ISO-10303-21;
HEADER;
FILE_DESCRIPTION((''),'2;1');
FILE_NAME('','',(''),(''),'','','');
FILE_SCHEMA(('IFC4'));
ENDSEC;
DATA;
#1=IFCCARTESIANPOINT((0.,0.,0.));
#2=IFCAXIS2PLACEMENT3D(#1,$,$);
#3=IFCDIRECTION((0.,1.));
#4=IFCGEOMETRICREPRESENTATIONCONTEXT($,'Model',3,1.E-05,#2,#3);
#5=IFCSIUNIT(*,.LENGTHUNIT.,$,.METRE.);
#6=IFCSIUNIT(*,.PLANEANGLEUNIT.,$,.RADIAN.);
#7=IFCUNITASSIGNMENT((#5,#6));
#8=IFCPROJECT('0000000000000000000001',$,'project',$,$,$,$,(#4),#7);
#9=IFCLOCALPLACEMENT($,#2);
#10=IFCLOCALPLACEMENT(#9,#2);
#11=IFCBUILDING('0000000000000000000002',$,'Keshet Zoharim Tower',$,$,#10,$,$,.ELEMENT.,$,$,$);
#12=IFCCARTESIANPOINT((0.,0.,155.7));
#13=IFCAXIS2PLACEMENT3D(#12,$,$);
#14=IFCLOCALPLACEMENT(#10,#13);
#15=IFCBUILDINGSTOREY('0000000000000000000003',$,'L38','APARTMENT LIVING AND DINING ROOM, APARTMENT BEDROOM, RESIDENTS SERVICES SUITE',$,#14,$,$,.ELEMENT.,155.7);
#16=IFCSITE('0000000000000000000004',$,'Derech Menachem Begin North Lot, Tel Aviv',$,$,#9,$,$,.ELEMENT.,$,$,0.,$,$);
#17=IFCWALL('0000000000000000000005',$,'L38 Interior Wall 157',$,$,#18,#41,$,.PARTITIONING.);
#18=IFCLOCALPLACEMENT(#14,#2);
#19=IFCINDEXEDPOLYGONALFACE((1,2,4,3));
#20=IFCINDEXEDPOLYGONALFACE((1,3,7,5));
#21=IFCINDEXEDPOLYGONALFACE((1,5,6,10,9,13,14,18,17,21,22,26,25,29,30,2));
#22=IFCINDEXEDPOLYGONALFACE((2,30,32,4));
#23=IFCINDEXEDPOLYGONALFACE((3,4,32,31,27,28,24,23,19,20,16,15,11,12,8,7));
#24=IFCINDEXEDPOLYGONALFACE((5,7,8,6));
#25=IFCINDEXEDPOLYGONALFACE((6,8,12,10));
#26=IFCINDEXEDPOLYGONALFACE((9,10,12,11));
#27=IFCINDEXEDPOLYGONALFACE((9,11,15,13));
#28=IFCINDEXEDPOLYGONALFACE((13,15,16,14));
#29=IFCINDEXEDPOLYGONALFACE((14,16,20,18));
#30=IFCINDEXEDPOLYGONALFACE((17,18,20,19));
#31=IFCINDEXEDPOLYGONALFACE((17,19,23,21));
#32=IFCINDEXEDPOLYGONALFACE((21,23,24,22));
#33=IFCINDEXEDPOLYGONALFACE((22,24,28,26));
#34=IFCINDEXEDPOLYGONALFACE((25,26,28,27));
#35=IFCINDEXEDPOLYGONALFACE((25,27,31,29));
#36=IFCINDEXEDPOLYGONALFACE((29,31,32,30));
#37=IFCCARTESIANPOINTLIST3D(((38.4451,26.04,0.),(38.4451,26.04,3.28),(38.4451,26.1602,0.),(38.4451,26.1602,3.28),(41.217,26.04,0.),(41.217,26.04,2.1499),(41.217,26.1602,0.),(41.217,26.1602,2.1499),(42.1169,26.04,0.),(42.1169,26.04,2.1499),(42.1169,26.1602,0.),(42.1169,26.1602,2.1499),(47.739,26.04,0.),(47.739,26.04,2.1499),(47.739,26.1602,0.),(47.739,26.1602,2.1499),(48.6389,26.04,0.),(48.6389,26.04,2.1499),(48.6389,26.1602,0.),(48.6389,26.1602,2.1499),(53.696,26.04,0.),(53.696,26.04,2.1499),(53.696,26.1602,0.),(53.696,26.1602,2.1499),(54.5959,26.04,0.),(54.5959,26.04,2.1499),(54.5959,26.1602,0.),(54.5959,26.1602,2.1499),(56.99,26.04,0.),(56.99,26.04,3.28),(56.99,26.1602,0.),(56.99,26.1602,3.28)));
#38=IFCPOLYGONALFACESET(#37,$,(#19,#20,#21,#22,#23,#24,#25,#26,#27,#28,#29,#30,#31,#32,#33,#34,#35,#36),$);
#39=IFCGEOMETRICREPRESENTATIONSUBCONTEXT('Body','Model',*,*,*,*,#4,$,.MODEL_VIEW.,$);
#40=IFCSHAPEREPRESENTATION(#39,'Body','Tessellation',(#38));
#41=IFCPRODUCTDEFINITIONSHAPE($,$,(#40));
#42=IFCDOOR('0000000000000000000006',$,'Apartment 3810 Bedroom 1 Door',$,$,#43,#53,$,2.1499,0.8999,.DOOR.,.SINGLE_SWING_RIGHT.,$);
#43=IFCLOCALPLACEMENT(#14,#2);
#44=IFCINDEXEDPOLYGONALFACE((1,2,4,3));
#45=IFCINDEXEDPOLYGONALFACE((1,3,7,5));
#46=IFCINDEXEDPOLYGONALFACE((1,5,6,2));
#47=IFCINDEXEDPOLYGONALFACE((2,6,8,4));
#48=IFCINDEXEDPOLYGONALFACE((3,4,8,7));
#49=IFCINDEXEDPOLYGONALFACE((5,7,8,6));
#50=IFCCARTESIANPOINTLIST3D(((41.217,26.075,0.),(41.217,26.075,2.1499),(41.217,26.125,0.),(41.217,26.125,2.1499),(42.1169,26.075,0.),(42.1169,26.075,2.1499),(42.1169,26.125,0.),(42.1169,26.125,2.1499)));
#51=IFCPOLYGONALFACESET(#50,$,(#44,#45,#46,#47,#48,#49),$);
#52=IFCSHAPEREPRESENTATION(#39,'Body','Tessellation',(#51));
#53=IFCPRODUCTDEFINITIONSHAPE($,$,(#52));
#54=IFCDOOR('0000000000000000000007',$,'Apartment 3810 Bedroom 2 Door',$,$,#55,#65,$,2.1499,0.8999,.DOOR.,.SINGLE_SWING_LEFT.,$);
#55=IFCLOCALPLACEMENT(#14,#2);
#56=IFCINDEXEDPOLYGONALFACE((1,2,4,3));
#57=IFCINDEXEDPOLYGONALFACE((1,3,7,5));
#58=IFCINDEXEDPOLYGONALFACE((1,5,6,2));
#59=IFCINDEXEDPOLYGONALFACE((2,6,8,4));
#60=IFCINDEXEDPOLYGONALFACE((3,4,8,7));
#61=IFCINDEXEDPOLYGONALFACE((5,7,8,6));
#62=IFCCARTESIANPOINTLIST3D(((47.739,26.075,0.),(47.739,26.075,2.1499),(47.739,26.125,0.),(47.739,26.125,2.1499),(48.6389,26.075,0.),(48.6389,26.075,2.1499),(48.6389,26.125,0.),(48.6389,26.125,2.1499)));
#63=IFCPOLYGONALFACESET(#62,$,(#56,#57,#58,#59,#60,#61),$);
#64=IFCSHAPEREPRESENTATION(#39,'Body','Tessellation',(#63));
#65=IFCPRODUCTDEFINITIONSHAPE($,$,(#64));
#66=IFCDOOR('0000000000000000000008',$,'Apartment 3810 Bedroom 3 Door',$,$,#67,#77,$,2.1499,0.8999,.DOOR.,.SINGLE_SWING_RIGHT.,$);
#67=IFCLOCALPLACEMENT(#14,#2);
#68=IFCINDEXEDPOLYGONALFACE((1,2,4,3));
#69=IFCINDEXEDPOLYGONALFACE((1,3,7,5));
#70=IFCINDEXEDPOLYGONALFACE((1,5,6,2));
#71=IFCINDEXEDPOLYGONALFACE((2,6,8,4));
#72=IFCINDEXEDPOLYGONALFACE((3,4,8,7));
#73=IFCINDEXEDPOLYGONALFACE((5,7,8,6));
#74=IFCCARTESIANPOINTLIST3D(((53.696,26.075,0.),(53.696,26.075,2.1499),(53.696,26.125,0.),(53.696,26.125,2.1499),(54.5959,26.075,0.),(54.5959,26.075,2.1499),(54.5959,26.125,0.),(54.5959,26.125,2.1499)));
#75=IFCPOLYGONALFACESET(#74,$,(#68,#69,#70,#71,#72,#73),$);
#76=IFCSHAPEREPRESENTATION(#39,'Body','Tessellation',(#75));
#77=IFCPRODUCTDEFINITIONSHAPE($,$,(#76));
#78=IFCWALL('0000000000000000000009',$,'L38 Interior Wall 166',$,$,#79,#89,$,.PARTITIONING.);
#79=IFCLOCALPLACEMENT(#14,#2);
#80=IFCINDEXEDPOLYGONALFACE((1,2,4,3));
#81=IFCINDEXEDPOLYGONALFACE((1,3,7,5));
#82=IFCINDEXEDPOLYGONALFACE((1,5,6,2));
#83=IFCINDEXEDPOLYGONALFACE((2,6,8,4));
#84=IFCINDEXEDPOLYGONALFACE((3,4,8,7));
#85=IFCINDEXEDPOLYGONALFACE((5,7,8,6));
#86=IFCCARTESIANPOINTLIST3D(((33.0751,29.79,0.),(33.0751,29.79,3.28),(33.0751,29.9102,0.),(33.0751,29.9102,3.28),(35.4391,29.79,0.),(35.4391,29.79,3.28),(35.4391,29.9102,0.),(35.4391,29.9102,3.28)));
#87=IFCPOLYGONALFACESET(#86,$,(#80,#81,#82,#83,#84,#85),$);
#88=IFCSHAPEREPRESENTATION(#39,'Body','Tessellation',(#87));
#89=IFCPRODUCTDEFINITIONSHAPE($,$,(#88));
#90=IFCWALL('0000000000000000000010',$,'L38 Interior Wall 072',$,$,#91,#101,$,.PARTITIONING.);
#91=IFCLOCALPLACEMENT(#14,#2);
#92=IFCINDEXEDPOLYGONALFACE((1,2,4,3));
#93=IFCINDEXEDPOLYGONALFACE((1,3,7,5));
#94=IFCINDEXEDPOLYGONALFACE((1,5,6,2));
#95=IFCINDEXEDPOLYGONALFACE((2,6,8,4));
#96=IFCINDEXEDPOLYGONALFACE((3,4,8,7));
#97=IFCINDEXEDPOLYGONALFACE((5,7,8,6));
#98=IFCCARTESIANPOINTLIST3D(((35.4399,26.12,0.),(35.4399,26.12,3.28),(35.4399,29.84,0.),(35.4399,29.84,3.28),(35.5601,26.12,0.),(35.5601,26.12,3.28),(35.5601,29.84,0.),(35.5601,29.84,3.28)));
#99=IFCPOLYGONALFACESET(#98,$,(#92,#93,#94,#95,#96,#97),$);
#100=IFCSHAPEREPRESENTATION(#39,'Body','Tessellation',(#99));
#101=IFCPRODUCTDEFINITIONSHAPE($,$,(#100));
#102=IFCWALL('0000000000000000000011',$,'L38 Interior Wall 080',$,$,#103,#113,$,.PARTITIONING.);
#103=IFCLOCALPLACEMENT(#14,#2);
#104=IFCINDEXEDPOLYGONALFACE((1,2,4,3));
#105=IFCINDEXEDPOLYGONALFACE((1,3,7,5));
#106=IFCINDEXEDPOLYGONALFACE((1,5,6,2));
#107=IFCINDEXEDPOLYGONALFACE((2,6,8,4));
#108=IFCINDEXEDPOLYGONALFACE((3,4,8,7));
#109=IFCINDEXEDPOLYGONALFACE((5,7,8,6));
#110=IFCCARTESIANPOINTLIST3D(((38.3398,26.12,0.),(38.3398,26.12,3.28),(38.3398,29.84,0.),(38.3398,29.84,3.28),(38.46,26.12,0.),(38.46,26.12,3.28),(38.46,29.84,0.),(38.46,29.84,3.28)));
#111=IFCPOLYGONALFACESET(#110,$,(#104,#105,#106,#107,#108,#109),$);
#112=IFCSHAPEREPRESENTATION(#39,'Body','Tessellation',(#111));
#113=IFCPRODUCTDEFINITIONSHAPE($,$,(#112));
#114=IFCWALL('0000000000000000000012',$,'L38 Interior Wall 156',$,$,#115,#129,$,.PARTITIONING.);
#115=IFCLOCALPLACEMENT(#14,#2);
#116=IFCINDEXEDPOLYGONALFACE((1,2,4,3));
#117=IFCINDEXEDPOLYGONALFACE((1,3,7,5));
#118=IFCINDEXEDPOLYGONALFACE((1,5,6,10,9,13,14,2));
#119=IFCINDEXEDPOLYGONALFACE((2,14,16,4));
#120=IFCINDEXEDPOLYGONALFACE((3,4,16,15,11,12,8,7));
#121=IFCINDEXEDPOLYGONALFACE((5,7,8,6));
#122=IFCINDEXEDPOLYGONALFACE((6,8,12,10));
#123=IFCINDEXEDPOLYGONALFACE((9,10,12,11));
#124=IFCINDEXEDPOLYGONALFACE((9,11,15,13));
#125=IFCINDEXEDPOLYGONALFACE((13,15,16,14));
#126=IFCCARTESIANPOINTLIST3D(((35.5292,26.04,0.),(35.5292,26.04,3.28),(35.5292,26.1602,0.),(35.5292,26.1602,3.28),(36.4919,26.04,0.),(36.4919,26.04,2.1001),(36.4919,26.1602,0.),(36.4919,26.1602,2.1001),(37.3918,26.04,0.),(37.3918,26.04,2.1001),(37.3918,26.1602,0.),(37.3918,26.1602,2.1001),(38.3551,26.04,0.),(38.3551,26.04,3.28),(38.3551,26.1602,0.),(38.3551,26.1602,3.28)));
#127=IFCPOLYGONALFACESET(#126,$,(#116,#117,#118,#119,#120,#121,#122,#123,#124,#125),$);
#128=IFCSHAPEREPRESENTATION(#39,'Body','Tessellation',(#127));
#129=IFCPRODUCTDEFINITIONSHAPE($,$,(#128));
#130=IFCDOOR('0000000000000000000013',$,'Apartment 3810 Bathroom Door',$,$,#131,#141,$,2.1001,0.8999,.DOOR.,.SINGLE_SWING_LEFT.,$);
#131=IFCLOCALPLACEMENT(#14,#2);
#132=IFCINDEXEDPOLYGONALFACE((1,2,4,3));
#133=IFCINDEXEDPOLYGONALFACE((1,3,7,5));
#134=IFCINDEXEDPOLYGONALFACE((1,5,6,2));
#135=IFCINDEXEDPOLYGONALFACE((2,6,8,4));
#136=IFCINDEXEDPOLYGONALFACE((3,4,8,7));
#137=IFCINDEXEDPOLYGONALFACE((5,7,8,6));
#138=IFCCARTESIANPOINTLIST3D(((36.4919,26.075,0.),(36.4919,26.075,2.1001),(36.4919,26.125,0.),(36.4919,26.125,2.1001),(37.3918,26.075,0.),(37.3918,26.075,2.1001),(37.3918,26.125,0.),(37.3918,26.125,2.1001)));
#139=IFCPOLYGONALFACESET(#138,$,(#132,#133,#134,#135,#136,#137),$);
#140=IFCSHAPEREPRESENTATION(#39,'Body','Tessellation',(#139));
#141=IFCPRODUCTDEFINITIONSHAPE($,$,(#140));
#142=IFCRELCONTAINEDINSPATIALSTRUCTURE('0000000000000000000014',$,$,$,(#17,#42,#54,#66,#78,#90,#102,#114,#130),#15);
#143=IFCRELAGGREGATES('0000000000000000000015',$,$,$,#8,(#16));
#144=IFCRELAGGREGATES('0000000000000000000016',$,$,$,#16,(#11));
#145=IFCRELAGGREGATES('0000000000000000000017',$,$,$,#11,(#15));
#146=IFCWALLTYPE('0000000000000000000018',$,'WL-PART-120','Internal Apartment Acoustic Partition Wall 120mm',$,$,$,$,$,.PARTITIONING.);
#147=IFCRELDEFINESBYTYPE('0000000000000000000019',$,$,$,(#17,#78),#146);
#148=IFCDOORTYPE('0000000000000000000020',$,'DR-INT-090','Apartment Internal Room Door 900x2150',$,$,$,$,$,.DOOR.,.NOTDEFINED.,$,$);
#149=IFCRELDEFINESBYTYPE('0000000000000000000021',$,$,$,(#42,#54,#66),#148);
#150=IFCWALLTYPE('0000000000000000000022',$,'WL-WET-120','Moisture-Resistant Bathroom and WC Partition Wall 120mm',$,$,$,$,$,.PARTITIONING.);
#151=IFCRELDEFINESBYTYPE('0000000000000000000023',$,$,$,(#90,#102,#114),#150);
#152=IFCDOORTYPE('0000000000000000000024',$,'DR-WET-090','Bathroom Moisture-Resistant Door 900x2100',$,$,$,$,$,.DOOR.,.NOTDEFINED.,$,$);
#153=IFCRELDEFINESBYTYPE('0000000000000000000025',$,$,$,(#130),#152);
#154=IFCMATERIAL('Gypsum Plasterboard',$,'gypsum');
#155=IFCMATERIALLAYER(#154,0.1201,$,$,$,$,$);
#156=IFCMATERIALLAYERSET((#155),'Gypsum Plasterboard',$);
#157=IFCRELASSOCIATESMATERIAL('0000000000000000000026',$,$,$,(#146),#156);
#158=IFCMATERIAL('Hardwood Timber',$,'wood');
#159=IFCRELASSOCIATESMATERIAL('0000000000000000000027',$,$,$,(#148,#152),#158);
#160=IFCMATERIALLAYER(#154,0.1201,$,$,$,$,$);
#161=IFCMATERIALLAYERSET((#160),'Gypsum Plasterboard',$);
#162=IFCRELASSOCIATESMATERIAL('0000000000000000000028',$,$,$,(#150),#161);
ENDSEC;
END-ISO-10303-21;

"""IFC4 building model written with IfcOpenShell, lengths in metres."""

from ifc_helpers import new_model, si_unit, direction, frame, frame_2d, origin, place, context, subcontext, project, spatial, rectangle, extrude, material, layer, layer_set, type_object, element, fill, save


model = new_model("IFC4")

# Units and contexts
model_context = context("Model", 3, precision=1e-05, world=origin(), true_north=direction((0.0, 1.0)))
body_context = subcontext(model_context, "Body", "Model", "MODEL_VIEW")
ifc_project = project(units=[si_unit("LENGTHUNIT", "METRE"), si_unit("PLANEANGLEUNIT", "RADIAN")], contexts=[model_context])

# Site, building, storey
site_placement = place(None, origin())
site = spatial("IfcSite", under=ifc_project, at=site_placement, Name="Derech Menachem Begin North Lot, Tel Aviv", CompositionType="ELEMENT", RefElevation=0.0)
building_placement = place(site_placement, origin())
building = spatial("IfcBuilding", under=site, at=building_placement, Name="Keshet Zoharim Tower", CompositionType="ELEMENT")
storey_placement = place(building_placement, frame((0.0, 0.0, 155.7)))
storey = spatial("IfcBuildingStorey", under=building, at=storey_placement, Name="L38", Description="APARTMENT LIVING AND DINING ROOM, APARTMENT BEDROOM, RESIDENTS SERVICES SUITE", CompositionType="ELEMENT", Elevation=155.7)

# Shared definitions
ifc_material_1 = material(Name="Gypsum Plasterboard", Category="gypsum")
ifc_material_2 = material(Name="Hardwood Timber", Category="wood")

# Shared definitions
ifc_layer_1 = layer(ifc_material_1, 0.1201)
ifc_layer_set_1 = layer_set([ifc_layer_1], Name="Gypsum Plasterboard")
wall_type_1 = type_object("IfcWallType", Name="WL-PART-120", Description="Internal Apartment Acoustic Partition Wall 120mm", PredefinedType="PARTITIONING", material=ifc_layer_set_1)
door_type_1 = type_object("IfcDoorType", Name="DR-INT-090", Description="Apartment Internal Room Door 900x2150", OperationType="NOTDEFINED", PredefinedType="DOOR", material=ifc_material_2)

# Wall, openings, doors
wall_1_placement = place(storey_placement, frame((38.4451, 26.1001, 0.0), z_axis=(0.0, 0.0, 1.0), x_axis=(1.0, 0.0, 0.0)))
wall_1 = element("IfcWall", 1, at=wall_1_placement, inside=storey, type_object=wall_type_1, Name="L38 Interior Wall 157", PredefinedType="PARTITIONING", context=body_context, shape_type="SweptSolid", body=[
    extrude(rectangle(XDim=18.5449, YDim=0.1201, at=frame_2d((9.2725, 0.0))), origin(), (0.0, 0.0, 1.0), 3.28),
])
opening_1_placement = place(wall_1_placement, frame((2.772, 0.0, 0.0)))
opening_1 = element("IfcOpeningElement", 2, at=opening_1_placement, cuts=wall_1, PredefinedType="OPENING", context=body_context, shape_type="SweptSolid", body=[
    extrude(rectangle(XDim=0.8999, YDim=2.1499, at=frame_2d((0.45, 1.075))), frame((0.0, 0.0701, 0.0), z_axis=(0.0, -1.0, 0.0), x_axis=(1.0, 0.0, 0.0)), (0.0, 0.0, 1.0), 0.1401),
])
opening_2_placement = place(wall_1_placement, frame((9.2939, 0.0, 0.0)))
opening_2 = element("IfcOpeningElement", 3, at=opening_2_placement, cuts=wall_1, PredefinedType="OPENING", context=body_context, shape_type="SweptSolid", body=[
    extrude(rectangle(XDim=0.8999, YDim=2.1499, at=frame_2d((0.45, 1.075))), frame((0.0, 0.0701, 0.0), z_axis=(0.0, -1.0, 0.0), x_axis=(1.0, 0.0, 0.0)), (0.0, 0.0, 1.0), 0.1401),
])
opening_3_placement = place(wall_1_placement, frame((15.251, 0.0, 0.0)))
opening_3 = element("IfcOpeningElement", 4, at=opening_3_placement, cuts=wall_1, PredefinedType="OPENING", context=body_context, shape_type="SweptSolid", body=[
    extrude(rectangle(XDim=0.8999, YDim=2.1499, at=frame_2d((0.45, 1.075))), frame((0.0, 0.0701, 0.0), z_axis=(0.0, -1.0, 0.0), x_axis=(1.0, 0.0, 0.0)), (0.0, 0.0, 1.0), 0.1401),
])
door_1_placement = place(opening_1_placement, origin())
door_1 = element("IfcDoor", 5, at=door_1_placement, inside=storey, type_object=door_type_1, Name="Apartment 3810 Bedroom 1 Door", OperationType="SINGLE_SWING_RIGHT", OverallHeight=2.1499, OverallWidth=0.8999, PredefinedType="DOOR", context=body_context, shape_type="SweptSolid", body=[
    extrude(rectangle(XDim=0.8999, YDim=2.1499, at=frame_2d((0.45, 1.075))), frame((0.0, 0.0249, 0.0), z_axis=(0.0, -1.0, 0.0), x_axis=(1.0, 0.0, 0.0)), (0.0, 0.0, 1.0), 0.05),
])
fill(opening_1, door_1)
door_2_placement = place(opening_2_placement, origin())
door_2 = element("IfcDoor", 6, at=door_2_placement, inside=storey, type_object=door_type_1, Name="Apartment 3810 Bedroom 2 Door", OperationType="SINGLE_SWING_LEFT", OverallHeight=2.1499, OverallWidth=0.8999, PredefinedType="DOOR", context=body_context, shape_type="SweptSolid", body=[
    extrude(rectangle(XDim=0.8999, YDim=2.1499, at=frame_2d((0.45, 1.075))), frame((0.0, 0.0249, 0.0), z_axis=(0.0, -1.0, 0.0), x_axis=(1.0, 0.0, 0.0)), (0.0, 0.0, 1.0), 0.05),
])
fill(opening_2, door_2)
door_3_placement = place(opening_3_placement, origin())
door_3 = element("IfcDoor", 7, at=door_3_placement, inside=storey, type_object=door_type_1, Name="Apartment 3810 Bedroom 3 Door", OperationType="SINGLE_SWING_RIGHT", OverallHeight=2.1499, OverallWidth=0.8999, PredefinedType="DOOR", context=body_context, shape_type="SweptSolid", body=[
    extrude(rectangle(XDim=0.8999, YDim=2.1499, at=frame_2d((0.45, 1.075))), frame((0.0, 0.0249, 0.0), z_axis=(0.0, -1.0, 0.0), x_axis=(1.0, 0.0, 0.0)), (0.0, 0.0, 1.0), 0.05),
])
fill(opening_3, door_3)

# Walls
wall_2_placement = place(storey_placement, frame((33.075, 29.8501, 0.0), z_axis=(0.0, 0.0, 1.0), x_axis=(1.0, 0.0, 0.0)))
element("IfcWall", 8, at=wall_2_placement, inside=storey, type_object=wall_type_1, Name="L38 Interior Wall 166", PredefinedType="PARTITIONING", context=body_context, shape_type="SweptSolid", body=[
    extrude(rectangle(XDim=2.364, YDim=0.1201, at=frame_2d((1.1821, 0.0))), origin(), (0.0, 0.0, 1.0), 3.28),
])
ifc_layer_2 = layer(ifc_material_1, 0.1201)
ifc_layer_set_2 = layer_set([ifc_layer_2], Name="Gypsum Plasterboard")
wall_type_2 = type_object("IfcWallType", Name="WL-WET-120", Description="Moisture-Resistant Bathroom and WC Partition Wall 120mm", PredefinedType="PARTITIONING", material=ifc_layer_set_2)
for number, where, z_axis, x_axis, name in (
    (9, (35.5, 26.1201, 0.0), (0.0, 0.0, 1.0), (0.0, 1.0, 0.0), "L38 Interior Wall 072"),
    (10, (38.3999, 26.1201, 0.0), (0.0, 0.0, 1.0), (0.0, 1.0, 0.0), "L38 Interior Wall 080"),
):
    element("IfcWall", number, at=place(storey_placement, frame(where, z_axis=z_axis, x_axis=x_axis)), inside=storey, type_object=wall_type_2, Name=name, PredefinedType="PARTITIONING", context=body_context, shape_type="SweptSolid", body=[
        extrude(rectangle(XDim=3.72, YDim=0.1201, at=frame_2d((1.8599, 0.0))), origin(), (0.0, 0.0, 1.0), 3.28),
    ])

# Wall, opening, door
wall_3_placement = place(storey_placement, frame((35.5291, 26.1001, 0.0), z_axis=(0.0, 0.0, 1.0), x_axis=(1.0, 0.0, 0.0)))
wall_3 = element("IfcWall", 11, at=wall_3_placement, inside=storey, type_object=wall_type_2, Name="L38 Interior Wall 156", PredefinedType="PARTITIONING", context=body_context, shape_type="SweptSolid", body=[
    extrude(rectangle(XDim=2.8259, YDim=0.1201, at=frame_2d((1.4131, 0.0))), origin(), (0.0, 0.0, 1.0), 3.28),
])
opening_4_placement = place(wall_3_placement, frame((0.9629, 0.0, 0.0)))
opening_4 = element("IfcOpeningElement", 12, at=opening_4_placement, cuts=wall_3, PredefinedType="OPENING", context=body_context, shape_type="SweptSolid", body=[
    extrude(rectangle(XDim=0.8999, YDim=2.1001, at=frame_2d((0.45, 1.05))), frame((0.0, 0.0701, 0.0), z_axis=(0.0, -1.0, 0.0), x_axis=(1.0, 0.0, 0.0)), (0.0, 0.0, 1.0), 0.1401),
])
door_type_2 = type_object("IfcDoorType", Name="DR-WET-090", Description="Bathroom Moisture-Resistant Door 900x2100", OperationType="NOTDEFINED", PredefinedType="DOOR", material=ifc_material_2)
door_4_placement = place(opening_4_placement, origin())
door_4 = element("IfcDoor", 13, at=door_4_placement, inside=storey, type_object=door_type_2, Name="Apartment 3810 Bathroom Door", OperationType="SINGLE_SWING_LEFT", OverallHeight=2.1001, OverallWidth=0.8999, PredefinedType="DOOR", context=body_context, shape_type="SweptSolid", body=[
    extrude(rectangle(XDim=0.8999, YDim=2.1001, at=frame_2d((0.45, 1.05))), frame((0.0, 0.0249, 0.0), z_axis=(0.0, -1.0, 0.0), x_axis=(1.0, 0.0, 0.0)), (0.0, 0.0, 1.0), 0.05),
])
fill(opening_4, door_4)

save(model, "model.ifc")
